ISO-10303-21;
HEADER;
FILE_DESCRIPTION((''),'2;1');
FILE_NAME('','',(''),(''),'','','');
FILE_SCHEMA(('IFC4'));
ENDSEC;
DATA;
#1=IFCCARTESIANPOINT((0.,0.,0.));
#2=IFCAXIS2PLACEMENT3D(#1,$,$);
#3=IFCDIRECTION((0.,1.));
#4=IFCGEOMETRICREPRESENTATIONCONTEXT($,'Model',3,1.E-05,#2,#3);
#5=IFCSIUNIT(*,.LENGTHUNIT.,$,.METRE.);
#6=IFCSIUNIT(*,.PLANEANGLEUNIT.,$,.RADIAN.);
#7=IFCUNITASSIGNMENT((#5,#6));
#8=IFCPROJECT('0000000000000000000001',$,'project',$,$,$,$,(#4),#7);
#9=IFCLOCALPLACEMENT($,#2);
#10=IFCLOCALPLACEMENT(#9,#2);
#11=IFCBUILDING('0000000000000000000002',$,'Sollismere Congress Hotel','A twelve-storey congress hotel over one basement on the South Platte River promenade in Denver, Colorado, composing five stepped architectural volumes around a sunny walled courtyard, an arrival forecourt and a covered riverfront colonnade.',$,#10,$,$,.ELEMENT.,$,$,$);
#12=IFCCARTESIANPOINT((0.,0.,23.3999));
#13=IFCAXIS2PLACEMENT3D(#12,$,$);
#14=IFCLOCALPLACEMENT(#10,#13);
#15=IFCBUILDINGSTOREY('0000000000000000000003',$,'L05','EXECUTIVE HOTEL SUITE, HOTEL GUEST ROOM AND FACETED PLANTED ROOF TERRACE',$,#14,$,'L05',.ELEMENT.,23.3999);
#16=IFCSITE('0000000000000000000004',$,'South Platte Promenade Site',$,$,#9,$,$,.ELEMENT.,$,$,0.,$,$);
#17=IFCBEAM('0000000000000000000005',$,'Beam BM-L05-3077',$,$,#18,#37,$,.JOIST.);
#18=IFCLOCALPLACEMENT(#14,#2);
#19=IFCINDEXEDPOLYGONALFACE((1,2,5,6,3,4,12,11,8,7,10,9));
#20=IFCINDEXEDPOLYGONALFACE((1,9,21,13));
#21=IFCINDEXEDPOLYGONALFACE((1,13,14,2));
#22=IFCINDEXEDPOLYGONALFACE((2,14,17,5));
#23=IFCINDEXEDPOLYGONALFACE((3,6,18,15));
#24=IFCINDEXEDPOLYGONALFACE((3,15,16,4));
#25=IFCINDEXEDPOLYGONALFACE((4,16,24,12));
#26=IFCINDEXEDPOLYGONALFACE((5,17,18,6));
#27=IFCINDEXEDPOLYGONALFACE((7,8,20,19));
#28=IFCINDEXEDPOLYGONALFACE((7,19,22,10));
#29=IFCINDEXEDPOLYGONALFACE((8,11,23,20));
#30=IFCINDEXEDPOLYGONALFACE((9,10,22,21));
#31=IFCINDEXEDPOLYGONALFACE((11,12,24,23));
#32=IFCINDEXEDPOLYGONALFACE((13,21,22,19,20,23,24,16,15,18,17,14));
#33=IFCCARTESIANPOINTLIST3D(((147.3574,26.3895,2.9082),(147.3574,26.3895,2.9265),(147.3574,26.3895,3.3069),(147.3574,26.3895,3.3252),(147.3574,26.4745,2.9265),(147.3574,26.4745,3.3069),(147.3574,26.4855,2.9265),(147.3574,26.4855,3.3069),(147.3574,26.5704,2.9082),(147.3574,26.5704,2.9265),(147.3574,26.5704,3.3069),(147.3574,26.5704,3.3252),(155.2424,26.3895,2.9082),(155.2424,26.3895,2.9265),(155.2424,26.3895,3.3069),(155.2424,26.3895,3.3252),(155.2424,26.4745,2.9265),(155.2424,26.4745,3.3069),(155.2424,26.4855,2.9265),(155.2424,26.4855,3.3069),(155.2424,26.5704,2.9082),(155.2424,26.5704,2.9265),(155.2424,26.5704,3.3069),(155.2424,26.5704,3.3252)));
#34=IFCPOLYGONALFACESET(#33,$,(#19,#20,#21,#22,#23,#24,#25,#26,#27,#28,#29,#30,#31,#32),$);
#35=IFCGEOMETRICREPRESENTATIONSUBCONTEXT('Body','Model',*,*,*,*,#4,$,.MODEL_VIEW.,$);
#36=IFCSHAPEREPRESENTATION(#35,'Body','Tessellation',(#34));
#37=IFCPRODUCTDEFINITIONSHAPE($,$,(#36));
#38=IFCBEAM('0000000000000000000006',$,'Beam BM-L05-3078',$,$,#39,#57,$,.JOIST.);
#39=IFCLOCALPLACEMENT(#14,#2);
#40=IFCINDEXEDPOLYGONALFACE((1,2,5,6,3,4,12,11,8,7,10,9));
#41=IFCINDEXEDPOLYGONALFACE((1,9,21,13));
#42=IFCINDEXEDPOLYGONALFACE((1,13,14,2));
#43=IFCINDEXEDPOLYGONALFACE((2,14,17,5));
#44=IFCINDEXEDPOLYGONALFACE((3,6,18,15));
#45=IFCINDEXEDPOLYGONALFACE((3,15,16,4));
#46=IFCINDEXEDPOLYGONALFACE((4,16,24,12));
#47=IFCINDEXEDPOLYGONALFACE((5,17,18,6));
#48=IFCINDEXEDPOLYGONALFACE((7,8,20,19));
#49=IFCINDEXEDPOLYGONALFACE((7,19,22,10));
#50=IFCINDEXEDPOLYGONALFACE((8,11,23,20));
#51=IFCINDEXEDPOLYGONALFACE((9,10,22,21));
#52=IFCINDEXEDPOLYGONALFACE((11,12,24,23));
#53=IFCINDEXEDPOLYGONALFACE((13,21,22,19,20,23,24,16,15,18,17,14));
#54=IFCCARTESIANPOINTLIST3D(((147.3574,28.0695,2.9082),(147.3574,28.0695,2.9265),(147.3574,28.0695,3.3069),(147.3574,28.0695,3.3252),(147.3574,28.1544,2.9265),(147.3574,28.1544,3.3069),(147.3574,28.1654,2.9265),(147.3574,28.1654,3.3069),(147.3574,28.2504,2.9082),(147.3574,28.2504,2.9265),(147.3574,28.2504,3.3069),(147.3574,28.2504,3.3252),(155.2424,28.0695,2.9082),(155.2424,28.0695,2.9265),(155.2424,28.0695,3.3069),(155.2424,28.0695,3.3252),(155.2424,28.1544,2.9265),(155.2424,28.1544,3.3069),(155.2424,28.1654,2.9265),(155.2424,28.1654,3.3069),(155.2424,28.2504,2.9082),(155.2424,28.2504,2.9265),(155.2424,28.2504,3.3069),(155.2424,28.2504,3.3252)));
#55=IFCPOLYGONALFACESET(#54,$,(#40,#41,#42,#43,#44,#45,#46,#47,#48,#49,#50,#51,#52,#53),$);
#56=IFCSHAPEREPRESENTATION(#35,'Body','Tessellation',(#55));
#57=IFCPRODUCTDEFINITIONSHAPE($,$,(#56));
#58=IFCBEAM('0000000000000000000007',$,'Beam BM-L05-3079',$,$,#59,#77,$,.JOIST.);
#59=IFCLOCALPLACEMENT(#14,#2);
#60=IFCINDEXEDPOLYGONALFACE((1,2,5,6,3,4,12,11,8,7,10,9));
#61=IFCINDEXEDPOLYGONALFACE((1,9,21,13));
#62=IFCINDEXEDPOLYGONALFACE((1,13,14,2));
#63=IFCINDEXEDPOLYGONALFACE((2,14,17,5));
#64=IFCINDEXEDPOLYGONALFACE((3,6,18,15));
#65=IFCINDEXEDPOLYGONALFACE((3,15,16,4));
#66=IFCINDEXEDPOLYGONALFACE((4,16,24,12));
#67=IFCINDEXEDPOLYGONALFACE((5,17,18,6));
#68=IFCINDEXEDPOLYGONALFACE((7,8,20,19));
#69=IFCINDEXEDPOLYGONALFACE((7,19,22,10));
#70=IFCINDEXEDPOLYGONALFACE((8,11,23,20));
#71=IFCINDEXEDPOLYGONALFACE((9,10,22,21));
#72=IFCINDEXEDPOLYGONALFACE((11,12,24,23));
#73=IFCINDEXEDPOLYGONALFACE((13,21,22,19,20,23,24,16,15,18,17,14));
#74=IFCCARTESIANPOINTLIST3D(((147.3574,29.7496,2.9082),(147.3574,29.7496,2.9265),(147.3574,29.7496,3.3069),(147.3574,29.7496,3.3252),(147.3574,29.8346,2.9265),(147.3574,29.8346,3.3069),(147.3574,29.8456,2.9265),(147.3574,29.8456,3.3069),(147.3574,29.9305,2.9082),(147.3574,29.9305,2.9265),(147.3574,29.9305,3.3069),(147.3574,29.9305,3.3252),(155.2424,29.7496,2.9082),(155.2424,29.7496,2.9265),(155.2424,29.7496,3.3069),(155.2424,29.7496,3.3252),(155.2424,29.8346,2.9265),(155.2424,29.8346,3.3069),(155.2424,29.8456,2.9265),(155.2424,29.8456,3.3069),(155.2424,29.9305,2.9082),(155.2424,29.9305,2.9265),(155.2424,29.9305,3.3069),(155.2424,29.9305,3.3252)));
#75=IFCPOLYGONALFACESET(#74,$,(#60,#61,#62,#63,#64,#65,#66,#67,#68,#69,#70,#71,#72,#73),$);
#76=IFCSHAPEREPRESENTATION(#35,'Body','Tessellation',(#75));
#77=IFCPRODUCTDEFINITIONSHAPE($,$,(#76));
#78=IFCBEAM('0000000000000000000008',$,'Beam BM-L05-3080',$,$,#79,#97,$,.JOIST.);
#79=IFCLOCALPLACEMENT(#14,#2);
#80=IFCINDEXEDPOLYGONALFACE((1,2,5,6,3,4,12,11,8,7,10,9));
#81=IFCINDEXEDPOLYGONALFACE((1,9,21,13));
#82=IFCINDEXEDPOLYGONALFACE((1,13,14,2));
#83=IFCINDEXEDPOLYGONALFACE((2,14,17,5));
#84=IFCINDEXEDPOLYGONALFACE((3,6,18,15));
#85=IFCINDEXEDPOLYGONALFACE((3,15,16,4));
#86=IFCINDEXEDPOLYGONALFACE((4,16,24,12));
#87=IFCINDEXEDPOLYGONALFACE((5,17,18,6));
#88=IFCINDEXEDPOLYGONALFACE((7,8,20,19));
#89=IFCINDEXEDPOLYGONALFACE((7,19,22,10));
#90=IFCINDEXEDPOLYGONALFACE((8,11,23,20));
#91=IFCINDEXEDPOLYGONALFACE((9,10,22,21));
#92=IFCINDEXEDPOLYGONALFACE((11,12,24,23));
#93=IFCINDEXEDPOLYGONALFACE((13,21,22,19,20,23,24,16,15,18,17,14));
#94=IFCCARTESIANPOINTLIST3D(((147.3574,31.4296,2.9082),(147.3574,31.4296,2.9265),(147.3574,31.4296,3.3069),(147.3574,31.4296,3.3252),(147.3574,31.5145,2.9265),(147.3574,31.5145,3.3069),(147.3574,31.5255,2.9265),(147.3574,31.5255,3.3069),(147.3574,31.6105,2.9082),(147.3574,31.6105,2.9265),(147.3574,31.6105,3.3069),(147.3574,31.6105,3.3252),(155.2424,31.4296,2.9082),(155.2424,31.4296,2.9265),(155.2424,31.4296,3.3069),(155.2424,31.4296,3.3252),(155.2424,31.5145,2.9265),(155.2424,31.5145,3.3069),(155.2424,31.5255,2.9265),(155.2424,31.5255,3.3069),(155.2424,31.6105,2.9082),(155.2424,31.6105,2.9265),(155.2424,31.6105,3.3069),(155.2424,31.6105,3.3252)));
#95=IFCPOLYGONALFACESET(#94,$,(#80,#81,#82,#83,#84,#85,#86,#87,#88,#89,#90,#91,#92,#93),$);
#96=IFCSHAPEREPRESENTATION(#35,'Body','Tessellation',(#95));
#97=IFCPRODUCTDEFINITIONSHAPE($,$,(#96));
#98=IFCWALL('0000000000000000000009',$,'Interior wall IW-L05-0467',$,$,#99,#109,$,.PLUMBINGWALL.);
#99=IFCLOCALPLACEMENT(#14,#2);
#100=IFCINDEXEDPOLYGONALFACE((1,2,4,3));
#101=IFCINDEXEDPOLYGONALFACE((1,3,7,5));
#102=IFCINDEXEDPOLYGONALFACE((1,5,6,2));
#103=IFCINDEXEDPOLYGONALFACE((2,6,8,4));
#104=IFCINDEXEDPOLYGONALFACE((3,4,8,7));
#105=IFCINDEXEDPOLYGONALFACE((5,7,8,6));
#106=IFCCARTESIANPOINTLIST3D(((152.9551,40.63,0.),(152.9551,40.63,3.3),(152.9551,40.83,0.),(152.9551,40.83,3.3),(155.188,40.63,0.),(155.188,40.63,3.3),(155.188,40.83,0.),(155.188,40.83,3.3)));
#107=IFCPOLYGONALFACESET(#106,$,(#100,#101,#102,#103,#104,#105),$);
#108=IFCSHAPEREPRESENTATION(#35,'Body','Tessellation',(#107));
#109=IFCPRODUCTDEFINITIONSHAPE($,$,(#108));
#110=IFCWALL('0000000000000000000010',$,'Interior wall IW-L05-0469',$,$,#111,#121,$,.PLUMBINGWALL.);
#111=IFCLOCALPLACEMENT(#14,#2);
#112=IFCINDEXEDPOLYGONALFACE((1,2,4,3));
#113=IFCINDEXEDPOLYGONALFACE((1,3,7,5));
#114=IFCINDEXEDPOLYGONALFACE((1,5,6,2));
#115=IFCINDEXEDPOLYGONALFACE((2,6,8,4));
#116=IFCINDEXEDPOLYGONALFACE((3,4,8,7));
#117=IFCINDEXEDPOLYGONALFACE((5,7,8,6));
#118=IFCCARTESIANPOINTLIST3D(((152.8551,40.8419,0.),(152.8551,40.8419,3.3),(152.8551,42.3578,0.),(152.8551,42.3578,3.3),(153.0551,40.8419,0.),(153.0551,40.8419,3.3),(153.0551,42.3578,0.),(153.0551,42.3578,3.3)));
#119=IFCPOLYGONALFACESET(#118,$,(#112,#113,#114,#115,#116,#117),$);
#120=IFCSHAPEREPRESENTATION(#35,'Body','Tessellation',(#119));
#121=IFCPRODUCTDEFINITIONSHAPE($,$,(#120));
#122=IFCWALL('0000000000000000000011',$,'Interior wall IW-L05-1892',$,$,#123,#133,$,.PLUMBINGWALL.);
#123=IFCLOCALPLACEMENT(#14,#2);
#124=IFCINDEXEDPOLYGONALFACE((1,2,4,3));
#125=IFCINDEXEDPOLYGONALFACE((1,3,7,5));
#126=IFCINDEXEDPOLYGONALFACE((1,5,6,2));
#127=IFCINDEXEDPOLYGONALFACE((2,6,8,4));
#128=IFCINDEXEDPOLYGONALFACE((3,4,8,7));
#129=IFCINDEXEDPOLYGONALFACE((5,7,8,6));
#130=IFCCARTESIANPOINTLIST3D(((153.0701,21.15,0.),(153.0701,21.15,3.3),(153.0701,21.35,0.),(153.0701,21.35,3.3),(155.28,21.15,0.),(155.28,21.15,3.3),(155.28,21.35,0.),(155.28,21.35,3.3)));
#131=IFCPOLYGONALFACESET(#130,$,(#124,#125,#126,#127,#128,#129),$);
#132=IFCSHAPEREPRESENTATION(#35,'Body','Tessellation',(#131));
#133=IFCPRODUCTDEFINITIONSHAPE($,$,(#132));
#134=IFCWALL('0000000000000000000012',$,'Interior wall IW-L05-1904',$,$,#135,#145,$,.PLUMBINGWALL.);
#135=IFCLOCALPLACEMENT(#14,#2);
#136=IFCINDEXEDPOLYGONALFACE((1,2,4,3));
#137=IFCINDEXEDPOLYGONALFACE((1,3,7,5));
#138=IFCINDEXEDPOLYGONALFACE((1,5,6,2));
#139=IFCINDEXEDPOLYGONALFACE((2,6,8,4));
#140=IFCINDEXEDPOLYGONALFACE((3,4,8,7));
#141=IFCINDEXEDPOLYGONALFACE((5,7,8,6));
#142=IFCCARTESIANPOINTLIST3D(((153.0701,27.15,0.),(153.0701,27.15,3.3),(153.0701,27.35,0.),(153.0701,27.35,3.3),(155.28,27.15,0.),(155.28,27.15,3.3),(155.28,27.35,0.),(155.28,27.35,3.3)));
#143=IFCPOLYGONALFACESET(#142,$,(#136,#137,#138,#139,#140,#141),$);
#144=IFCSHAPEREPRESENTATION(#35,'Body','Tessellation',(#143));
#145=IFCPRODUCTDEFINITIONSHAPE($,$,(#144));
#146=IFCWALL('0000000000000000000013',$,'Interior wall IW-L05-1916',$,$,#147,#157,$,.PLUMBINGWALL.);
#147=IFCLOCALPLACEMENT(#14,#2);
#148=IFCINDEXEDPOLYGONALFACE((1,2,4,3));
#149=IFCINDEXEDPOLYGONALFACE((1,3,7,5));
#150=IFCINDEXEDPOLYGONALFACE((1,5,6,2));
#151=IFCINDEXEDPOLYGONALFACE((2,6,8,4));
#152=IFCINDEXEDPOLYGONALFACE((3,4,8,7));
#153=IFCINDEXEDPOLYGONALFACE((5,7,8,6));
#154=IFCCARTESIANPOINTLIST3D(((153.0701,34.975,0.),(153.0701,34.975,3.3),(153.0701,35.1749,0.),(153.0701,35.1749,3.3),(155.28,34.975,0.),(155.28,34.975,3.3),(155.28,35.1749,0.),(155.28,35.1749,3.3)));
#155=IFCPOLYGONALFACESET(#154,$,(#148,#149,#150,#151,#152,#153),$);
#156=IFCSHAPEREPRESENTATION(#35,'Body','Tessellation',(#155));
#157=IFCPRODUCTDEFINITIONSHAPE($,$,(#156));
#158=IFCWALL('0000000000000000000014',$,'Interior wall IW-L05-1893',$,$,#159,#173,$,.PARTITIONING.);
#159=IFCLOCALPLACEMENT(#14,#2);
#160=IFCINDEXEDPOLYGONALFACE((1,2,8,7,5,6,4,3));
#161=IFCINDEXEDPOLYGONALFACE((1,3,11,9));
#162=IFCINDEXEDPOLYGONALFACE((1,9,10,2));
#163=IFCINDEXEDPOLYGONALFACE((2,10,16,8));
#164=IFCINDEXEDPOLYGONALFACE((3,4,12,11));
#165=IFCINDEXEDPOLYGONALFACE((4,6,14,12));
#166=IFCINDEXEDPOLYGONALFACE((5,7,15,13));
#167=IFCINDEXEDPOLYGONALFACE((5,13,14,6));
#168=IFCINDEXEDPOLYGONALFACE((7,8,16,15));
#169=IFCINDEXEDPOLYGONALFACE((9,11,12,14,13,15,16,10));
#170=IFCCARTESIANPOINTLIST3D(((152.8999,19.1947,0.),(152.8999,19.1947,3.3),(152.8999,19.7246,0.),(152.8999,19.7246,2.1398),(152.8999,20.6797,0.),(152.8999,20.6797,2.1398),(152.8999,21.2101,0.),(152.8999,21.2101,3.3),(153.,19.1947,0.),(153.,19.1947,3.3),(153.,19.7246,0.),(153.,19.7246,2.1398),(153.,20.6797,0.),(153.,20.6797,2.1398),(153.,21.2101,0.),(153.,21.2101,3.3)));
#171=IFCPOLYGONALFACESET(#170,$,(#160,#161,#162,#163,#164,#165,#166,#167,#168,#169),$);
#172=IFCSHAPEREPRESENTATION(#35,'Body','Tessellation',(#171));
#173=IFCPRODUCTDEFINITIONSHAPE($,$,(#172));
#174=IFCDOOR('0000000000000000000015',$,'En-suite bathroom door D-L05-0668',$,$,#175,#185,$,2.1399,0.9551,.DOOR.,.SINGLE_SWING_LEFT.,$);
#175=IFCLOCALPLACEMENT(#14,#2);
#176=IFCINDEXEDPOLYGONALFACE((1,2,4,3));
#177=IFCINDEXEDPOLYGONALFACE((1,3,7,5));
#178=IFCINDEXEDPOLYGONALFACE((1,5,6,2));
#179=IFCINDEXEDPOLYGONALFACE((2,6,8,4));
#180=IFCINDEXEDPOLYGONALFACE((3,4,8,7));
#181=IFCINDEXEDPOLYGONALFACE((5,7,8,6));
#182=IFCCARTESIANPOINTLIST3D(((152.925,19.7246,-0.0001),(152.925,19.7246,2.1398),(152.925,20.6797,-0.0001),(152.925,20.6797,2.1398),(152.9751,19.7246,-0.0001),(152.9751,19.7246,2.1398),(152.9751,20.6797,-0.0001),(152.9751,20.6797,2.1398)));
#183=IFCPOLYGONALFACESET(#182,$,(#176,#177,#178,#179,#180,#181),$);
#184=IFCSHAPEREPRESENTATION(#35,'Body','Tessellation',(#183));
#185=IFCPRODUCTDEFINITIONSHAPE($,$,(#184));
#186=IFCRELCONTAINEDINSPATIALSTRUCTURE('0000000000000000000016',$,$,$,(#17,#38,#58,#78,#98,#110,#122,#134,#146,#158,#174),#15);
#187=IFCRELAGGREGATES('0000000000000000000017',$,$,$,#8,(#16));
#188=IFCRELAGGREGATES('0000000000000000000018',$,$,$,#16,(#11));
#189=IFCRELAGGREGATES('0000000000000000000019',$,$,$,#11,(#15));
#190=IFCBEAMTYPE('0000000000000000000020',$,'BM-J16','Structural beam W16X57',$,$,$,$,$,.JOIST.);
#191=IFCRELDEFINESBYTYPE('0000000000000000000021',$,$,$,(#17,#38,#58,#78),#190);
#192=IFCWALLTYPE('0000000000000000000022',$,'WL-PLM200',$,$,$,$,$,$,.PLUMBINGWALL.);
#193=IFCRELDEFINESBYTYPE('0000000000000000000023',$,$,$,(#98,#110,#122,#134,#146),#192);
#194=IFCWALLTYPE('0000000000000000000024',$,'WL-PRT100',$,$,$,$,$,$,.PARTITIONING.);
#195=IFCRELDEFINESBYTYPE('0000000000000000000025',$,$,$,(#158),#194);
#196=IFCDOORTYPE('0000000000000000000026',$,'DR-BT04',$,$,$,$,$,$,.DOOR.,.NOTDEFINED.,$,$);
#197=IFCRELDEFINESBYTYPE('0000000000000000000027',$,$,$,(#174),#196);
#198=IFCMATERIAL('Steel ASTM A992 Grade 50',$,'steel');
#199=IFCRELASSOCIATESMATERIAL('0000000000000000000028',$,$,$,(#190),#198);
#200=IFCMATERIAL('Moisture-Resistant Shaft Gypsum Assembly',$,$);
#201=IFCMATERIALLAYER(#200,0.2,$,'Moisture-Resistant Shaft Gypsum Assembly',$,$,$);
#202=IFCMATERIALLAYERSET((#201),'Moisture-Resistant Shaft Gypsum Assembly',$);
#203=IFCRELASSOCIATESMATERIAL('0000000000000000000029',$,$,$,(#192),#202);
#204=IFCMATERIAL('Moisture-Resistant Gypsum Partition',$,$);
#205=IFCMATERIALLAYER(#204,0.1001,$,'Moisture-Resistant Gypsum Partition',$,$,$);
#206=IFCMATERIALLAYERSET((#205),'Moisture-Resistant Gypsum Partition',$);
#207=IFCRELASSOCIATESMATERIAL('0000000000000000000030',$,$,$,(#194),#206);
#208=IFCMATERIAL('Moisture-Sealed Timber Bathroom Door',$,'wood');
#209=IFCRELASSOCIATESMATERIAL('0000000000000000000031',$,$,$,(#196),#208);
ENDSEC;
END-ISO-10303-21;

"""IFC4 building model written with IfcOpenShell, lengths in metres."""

from ifc_helpers import new_model, si_unit, direction, frame, frame_2d, origin, origin_2d, place, context, subcontext, project, spatial, rectangle, i_section, extrude, material, layer, layer_set, material_profile, profile_set, type_object, element, fill, save


model = new_model("IFC4")

# Units and contexts
model_context = context("Model", 3, precision=1e-05, world=origin(), true_north=direction((0.0, 1.0)))
body_context = subcontext(model_context, "Body", "Model", "MODEL_VIEW")
ifc_project = project(units=[si_unit("LENGTHUNIT", "METRE"), si_unit("PLANEANGLEUNIT", "RADIAN")], contexts=[model_context])

# Site, building, storey
site_placement = place(None, origin())
site = spatial("IfcSite", under=ifc_project, at=site_placement, Name="South Platte Promenade Site", CompositionType="ELEMENT", RefElevation=0.0)
building_placement = place(site_placement, origin())
building = spatial("IfcBuilding", under=site, at=building_placement, Name="Sollismere Congress Hotel", Description="A twelve-storey congress hotel over one basement on the South Platte River promenade in Denver, Colorado, composing five stepped architectural volumes around a sunny walled courtyard, an arrival forecourt and a covered riverfront colonnade.", CompositionType="ELEMENT")
storey_placement = place(building_placement, frame((0.0, 0.0, 23.3999)))
storey = spatial("IfcBuildingStorey", under=building, at=storey_placement, Name="L05", Description="EXECUTIVE HOTEL SUITE, HOTEL GUEST ROOM AND FACETED PLANTED ROOF TERRACE", LongName="L05", CompositionType="ELEMENT", Elevation=23.3999)

# Shared definitions
ifc_material_1 = material(Name="Steel ASTM A992 Grade 50", Category="steel")

# Beams
ifc_material_profile_1 = material_profile(ifc_material_1, i_section(OverallWidth=0.1809, OverallDepth=0.417, WebThickness=0.011, FlangeThickness=0.0183, at=origin_2d()), Name="W16X57")
ifc_profile_set_1 = profile_set([ifc_material_profile_1], Name="Steel ASTM A992 Grade 50")
beam_type_1 = type_object("IfcBeamType", Name="BM-J16", Description="Structural beam W16X57", PredefinedType="JOIST", material=ifc_profile_set_1)
for number, where, z_axis, x_axis, name in (
    (1, (147.3574, 26.48, 3.1167), (1.0, 0.0, 0.0), (0.0, 1.0, 0.0), "Beam BM-L05-3077"),
    (2, (147.3574, 28.1599, 3.1167), (1.0, 0.0, 0.0), (0.0, 1.0, 0.0), "Beam BM-L05-3078"),
    (3, (147.3574, 29.8401, 3.1167), (1.0, 0.0, 0.0), (0.0, 1.0, 0.0), "Beam BM-L05-3079"),
    (4, (147.3574, 31.52, 3.1167), (1.0, 0.0, 0.0), (0.0, 1.0, 0.0), "Beam BM-L05-3080"),
):
    element("IfcBeam", number, at=place(storey_placement, frame(where, z_axis=z_axis, x_axis=x_axis)), inside=storey, type_object=beam_type_1, Name=name, PredefinedType="JOIST", context=body_context, shape_type="SweptSolid", body=[
        extrude(i_section(OverallWidth=0.1809, OverallDepth=0.417, WebThickness=0.011, FlangeThickness=0.0183, at=origin_2d()), origin(), (0.0, 0.0, 1.0), 7.885),
    ])

# Walls
ifc_material_2 = material(Name="Moisture-Resistant Shaft Gypsum Assembly")
ifc_layer_1 = layer(ifc_material_2, 0.2, Name="Moisture-Resistant Shaft Gypsum Assembly")
ifc_layer_set_1 = layer_set([ifc_layer_1], Name="Moisture-Resistant Shaft Gypsum Assembly")
wall_type_1 = type_object("IfcWallType", Name="WL-PLM200", PredefinedType="PLUMBINGWALL", material=ifc_layer_set_1)
wall_1_placement = place(storey_placement, frame((152.9551, 40.73, 0.0), z_axis=(0.0, 0.0, 1.0), x_axis=(1.0, 0.0, 0.0)))
element("IfcWall", 5, at=wall_1_placement, inside=storey, type_object=wall_type_1, Name="Interior wall IW-L05-0467", PredefinedType="PLUMBINGWALL", context=body_context, shape_type="SweptSolid", body=[
    extrude(rectangle(XDim=2.2329, YDim=0.2, at=frame_2d((1.1165, 0.0))), origin(), (0.0, 0.0, 1.0), 3.3),
])
wall_2_placement = place(storey_placement, frame((152.9551, 40.842, 0.0), z_axis=(0.0, 0.0, 1.0), x_axis=(0.0, 1.0, 0.0)))
element("IfcWall", 6, at=wall_2_placement, inside=storey, type_object=wall_type_1, Name="Interior wall IW-L05-0469", PredefinedType="PLUMBINGWALL", context=body_context, shape_type="SweptSolid", body=[
    extrude(rectangle(XDim=1.5159, YDim=0.2, at=frame_2d((0.7578, 0.0))), origin(), (0.0, 0.0, 1.0), 3.3),
])
for number, where, z_axis, x_axis, name in (
    (7, (153.0701, 21.25, 0.0), (0.0, 0.0, 1.0), (1.0, 0.0, 0.0), "Interior wall IW-L05-1892"),
    (8, (153.0701, 27.25, 0.0), (0.0, 0.0, 1.0), (1.0, 0.0, 0.0), "Interior wall IW-L05-1904"),
    (9, (153.0701, 35.075, 0.0), (0.0, 0.0, 1.0), (1.0, 0.0, 0.0), "Interior wall IW-L05-1916"),
):
    element("IfcWall", number, at=place(storey_placement, frame(where, z_axis=z_axis, x_axis=x_axis)), inside=storey, type_object=wall_type_1, Name=name, PredefinedType="PLUMBINGWALL", context=body_context, shape_type="SweptSolid", body=[
        extrude(rectangle(XDim=2.21, YDim=0.2, at=frame_2d((1.105, 0.0))), origin(), (0.0, 0.0, 1.0), 3.3),
    ])

# Wall, opening, door
ifc_material_3 = material(Name="Moisture-Resistant Gypsum Partition")
ifc_layer_2 = layer(ifc_material_3, 0.1001, Name="Moisture-Resistant Gypsum Partition")
ifc_layer_set_2 = layer_set([ifc_layer_2], Name="Moisture-Resistant Gypsum Partition")
wall_type_2 = type_object("IfcWallType", Name="WL-PRT100", PredefinedType="PARTITIONING", material=ifc_layer_set_2)
wall_3_placement = place(storey_placement, frame((152.95, 19.1946, 0.0), z_axis=(0.0, 0.0, 1.0), x_axis=(0.0, 1.0, 0.0)))
wall_3 = element("IfcWall", 10, at=wall_3_placement, inside=storey, type_object=wall_type_2, Name="Interior wall IW-L05-1893", PredefinedType="PARTITIONING", context=body_context, shape_type="SweptSolid", body=[
    extrude(rectangle(XDim=2.0154, YDim=0.1001, at=frame_2d((1.0078, 0.0))), origin(), (0.0, 0.0, 1.0), 3.3),
])
opening_1_placement = place(wall_3_placement, frame((0.53, 0.0, 0.0)))
opening_1 = element("IfcOpeningElement", 11, at=opening_1_placement, cuts=wall_3, PredefinedType="OPENING", context=body_context, shape_type="SweptSolid", body=[
    extrude(rectangle(XDim=0.9551, YDim=2.1399, at=frame_2d((0.4775, 1.0698))), frame((0.0, 0.0601, 0.0), z_axis=(0.0, -1.0, 0.0), x_axis=(1.0, 0.0, 0.0)), (0.0, 0.0, 1.0), 0.1201),
])
ifc_material_4 = material(Name="Moisture-Sealed Timber Bathroom Door", Category="wood")
door_type_1 = type_object("IfcDoorType", Name="DR-BT04", OperationType="NOTDEFINED", PredefinedType="DOOR", material=ifc_material_4)
door_1_placement = place(opening_1_placement, origin())
door_1 = element("IfcDoor", 12, at=door_1_placement, inside=storey, type_object=door_type_1, Name="En-suite bathroom door D-L05-0668", OperationType="SINGLE_SWING_LEFT", OverallHeight=2.1399, OverallWidth=0.9551, PredefinedType="DOOR", context=body_context, shape_type="SweptSolid", body=[
    extrude(rectangle(XDim=0.9551, YDim=2.1399, at=frame_2d((0.4775, 1.0698))), frame((0.0, 0.0249, 0.0), z_axis=(0.0, -1.0, 0.0), x_axis=(1.0, 0.0, 0.0)), (0.0, 0.0, 1.0), 0.05),
])
fill(opening_1, door_1)

save(model, "model.ifc")
